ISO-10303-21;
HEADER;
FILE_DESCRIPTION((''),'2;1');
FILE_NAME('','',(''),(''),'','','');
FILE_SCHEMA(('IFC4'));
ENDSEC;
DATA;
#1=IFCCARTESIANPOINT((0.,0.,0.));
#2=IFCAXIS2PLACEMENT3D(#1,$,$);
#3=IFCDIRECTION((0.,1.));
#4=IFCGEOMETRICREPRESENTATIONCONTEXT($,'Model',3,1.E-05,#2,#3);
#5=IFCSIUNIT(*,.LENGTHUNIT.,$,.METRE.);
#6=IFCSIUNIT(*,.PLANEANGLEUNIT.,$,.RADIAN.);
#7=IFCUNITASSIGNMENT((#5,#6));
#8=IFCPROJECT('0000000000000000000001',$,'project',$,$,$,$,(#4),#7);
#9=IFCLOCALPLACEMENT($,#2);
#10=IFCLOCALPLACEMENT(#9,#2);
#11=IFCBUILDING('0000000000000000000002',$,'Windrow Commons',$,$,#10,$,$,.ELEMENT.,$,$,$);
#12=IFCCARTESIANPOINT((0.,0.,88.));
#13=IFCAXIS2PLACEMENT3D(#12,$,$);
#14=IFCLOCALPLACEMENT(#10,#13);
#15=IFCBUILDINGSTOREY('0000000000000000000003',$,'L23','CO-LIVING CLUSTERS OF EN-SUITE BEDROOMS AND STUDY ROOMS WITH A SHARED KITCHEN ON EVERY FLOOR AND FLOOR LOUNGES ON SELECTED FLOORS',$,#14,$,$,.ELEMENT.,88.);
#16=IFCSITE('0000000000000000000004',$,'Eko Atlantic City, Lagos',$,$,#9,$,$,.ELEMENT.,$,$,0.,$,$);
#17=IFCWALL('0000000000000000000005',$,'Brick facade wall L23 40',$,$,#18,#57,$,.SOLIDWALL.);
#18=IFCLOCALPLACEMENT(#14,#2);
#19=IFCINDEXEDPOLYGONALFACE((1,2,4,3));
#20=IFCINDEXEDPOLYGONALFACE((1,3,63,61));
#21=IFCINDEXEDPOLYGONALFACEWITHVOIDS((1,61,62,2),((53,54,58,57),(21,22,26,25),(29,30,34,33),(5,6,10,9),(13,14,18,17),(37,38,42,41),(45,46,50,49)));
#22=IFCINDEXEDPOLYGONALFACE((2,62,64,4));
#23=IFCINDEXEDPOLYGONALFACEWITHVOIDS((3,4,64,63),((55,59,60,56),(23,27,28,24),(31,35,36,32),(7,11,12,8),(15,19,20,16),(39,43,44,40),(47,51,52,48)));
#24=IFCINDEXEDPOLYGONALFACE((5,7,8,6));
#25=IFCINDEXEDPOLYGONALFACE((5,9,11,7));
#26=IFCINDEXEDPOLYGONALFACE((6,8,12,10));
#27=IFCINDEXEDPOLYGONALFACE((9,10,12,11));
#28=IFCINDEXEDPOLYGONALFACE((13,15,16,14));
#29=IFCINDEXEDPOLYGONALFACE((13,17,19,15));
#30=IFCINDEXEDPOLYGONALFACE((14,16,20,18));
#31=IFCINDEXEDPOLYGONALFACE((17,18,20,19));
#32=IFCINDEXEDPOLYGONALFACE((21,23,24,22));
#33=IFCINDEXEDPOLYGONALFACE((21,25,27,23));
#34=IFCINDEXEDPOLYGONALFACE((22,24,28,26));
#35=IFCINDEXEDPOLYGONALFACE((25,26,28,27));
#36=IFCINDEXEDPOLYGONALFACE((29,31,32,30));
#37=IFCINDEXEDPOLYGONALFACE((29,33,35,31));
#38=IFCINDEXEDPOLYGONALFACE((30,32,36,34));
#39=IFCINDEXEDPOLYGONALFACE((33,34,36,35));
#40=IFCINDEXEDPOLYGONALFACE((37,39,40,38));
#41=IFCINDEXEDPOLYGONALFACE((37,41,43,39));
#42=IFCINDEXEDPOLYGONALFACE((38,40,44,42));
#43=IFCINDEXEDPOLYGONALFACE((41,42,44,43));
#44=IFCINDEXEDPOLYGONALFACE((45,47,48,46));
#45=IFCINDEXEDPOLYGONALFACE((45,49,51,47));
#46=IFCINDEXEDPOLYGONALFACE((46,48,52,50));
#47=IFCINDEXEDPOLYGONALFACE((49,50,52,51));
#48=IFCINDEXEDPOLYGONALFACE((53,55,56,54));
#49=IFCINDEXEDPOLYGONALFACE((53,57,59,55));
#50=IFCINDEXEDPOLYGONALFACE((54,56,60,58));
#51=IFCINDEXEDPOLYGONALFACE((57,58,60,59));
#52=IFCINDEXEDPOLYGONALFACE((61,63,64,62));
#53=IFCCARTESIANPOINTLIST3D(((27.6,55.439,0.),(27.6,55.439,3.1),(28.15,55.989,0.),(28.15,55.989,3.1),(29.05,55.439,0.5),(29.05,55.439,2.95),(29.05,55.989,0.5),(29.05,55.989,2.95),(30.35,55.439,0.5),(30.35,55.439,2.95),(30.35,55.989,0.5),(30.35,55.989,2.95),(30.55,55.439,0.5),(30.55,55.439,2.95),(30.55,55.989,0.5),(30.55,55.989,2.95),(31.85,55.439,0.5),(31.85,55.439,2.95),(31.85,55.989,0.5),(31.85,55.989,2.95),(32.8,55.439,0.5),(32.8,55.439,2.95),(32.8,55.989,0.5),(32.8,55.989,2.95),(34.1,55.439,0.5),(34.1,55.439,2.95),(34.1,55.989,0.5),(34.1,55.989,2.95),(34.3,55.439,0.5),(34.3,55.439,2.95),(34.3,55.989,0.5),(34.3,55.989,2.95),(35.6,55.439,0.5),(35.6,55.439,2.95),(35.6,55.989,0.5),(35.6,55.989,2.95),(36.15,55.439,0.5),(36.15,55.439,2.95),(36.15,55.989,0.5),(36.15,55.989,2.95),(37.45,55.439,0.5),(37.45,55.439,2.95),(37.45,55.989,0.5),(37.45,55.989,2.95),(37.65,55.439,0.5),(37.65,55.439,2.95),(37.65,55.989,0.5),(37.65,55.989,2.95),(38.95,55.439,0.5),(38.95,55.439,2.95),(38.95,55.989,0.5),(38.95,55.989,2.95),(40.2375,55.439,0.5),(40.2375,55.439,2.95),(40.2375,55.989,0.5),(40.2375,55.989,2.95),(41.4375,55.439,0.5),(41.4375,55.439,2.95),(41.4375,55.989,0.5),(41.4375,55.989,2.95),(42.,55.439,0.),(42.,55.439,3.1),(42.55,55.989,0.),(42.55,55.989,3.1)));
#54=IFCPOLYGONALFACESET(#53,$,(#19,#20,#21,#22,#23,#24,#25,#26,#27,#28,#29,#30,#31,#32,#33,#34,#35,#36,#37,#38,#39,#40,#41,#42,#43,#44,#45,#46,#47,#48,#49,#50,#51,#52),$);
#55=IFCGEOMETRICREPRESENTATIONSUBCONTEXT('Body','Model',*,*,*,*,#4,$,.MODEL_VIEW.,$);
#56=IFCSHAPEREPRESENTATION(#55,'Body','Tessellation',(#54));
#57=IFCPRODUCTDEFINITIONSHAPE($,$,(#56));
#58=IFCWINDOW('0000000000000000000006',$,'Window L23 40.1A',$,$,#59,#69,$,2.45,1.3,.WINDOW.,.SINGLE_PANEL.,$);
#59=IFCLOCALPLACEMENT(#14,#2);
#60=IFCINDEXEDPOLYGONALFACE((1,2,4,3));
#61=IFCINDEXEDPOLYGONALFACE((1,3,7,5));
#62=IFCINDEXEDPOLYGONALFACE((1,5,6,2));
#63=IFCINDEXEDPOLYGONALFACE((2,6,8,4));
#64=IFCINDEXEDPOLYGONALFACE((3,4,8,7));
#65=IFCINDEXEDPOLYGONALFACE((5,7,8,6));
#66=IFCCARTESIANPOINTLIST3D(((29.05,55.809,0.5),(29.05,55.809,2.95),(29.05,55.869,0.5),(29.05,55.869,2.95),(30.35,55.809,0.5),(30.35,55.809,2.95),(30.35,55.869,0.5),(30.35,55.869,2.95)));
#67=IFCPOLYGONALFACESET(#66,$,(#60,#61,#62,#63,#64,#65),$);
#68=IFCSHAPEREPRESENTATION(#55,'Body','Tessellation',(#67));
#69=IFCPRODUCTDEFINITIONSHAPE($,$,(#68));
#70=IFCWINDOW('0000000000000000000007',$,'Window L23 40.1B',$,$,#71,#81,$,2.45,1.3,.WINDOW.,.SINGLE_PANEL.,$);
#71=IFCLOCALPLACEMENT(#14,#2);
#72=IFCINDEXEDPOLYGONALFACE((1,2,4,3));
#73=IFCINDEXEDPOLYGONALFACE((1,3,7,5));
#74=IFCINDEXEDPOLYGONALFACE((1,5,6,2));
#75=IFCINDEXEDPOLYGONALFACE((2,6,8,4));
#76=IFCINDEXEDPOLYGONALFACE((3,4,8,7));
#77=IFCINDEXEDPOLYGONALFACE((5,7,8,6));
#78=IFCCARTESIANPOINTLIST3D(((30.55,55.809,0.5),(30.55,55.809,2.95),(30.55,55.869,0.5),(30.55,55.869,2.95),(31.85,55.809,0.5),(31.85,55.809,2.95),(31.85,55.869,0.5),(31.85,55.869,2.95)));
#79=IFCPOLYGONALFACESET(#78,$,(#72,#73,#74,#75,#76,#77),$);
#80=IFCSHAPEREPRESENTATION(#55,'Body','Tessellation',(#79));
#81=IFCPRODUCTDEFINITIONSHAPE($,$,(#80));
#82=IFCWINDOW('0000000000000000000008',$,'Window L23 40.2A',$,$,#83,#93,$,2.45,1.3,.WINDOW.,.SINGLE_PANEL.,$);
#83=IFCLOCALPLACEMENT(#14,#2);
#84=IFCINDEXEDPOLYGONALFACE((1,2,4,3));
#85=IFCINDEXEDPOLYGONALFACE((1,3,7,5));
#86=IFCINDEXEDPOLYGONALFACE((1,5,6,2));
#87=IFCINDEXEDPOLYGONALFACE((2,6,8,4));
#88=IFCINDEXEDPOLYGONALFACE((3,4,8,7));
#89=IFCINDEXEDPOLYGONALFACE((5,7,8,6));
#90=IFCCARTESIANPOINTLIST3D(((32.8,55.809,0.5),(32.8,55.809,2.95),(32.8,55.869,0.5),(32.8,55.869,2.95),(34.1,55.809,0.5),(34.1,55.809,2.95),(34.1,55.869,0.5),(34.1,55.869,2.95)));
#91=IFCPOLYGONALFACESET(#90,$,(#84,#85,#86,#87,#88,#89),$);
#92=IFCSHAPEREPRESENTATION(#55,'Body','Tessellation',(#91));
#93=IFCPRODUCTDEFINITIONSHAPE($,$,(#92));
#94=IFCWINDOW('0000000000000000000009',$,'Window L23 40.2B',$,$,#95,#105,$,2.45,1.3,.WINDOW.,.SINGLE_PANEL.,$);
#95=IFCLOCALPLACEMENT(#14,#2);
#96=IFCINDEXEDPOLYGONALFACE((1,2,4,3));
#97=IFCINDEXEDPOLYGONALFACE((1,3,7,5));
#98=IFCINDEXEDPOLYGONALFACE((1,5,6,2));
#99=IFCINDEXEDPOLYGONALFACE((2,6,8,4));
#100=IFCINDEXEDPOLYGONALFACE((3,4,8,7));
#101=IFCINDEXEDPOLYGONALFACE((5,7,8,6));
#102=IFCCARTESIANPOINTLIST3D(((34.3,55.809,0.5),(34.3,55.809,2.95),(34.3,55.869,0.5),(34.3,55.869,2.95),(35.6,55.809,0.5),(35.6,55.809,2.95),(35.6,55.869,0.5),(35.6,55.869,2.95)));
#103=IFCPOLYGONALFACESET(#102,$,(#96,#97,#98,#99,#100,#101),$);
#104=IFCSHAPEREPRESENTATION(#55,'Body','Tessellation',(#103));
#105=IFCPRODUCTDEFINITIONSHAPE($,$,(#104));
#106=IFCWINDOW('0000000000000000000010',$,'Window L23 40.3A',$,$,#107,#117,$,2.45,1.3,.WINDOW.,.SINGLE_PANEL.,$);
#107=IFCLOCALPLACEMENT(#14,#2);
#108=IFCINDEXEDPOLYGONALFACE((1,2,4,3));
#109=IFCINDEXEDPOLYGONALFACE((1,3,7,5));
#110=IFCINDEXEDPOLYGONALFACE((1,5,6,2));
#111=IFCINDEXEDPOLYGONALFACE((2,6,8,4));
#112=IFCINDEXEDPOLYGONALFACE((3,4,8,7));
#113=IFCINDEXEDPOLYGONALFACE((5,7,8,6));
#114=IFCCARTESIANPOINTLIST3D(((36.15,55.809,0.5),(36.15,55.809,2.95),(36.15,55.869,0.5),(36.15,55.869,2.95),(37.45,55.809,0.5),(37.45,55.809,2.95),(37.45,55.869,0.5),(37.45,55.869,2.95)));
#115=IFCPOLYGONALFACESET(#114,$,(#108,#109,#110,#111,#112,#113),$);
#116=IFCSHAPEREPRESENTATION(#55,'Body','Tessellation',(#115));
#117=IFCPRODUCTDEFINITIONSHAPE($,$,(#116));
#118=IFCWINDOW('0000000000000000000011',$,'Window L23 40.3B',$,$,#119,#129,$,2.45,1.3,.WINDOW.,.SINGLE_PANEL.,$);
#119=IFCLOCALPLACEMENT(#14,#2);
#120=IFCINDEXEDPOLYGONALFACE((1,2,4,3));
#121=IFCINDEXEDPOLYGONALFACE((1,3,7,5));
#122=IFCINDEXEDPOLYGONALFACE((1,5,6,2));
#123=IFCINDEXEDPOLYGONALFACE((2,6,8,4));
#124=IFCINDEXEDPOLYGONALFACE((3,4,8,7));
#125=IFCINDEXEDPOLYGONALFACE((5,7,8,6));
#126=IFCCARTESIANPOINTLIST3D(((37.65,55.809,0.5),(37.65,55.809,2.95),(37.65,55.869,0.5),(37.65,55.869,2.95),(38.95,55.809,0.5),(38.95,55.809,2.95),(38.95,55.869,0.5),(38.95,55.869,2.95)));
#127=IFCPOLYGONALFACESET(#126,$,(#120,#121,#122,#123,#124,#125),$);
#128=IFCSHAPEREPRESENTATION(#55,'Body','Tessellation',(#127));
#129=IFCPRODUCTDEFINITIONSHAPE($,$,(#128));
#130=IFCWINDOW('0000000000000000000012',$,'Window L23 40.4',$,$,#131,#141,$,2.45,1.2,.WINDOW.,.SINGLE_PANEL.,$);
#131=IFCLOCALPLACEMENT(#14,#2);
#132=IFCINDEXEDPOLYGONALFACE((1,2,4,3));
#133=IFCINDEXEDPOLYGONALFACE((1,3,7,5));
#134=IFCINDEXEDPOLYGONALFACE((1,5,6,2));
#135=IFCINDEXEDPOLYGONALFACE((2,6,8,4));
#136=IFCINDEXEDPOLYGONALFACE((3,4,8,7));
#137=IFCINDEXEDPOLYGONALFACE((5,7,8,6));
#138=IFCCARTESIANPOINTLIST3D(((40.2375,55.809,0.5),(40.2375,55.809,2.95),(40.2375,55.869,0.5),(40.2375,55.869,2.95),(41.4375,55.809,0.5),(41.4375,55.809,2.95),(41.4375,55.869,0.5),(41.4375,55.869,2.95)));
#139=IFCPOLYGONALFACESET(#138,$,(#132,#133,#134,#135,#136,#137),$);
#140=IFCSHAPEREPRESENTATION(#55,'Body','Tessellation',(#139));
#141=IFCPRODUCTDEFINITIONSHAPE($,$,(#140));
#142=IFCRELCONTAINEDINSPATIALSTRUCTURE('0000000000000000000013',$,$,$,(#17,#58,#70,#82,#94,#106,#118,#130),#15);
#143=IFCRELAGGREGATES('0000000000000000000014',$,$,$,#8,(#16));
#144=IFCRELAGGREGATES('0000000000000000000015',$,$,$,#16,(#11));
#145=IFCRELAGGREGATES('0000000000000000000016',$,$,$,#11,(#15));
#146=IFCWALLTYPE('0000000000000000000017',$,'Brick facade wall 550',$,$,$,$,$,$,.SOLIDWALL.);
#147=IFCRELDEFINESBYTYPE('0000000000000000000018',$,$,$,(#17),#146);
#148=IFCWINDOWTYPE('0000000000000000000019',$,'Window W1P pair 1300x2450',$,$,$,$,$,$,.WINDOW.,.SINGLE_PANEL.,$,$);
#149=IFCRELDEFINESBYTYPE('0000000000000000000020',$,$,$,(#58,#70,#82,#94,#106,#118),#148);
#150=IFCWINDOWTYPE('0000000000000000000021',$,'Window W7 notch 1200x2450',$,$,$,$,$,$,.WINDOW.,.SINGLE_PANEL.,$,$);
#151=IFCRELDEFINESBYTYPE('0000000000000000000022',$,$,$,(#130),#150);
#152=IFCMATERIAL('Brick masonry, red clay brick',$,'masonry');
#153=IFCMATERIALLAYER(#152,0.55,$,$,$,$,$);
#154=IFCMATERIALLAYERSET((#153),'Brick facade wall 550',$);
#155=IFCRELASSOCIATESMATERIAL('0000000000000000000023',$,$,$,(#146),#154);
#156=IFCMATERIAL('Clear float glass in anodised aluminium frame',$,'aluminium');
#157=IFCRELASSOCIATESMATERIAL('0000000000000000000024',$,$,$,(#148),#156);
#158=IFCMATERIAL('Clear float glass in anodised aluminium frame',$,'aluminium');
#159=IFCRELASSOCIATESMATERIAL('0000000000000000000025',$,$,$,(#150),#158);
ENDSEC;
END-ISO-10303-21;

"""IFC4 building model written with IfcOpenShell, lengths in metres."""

from ifc_helpers import new_model, si_unit, direction, frame, frame_2d, origin, place, context, subcontext, project, spatial, polyline, rectangle, outline, extrude, material, layer, layer_set, type_object, element, fill, save


model = new_model("IFC4")

# Units and contexts
model_context = context("Model", 3, precision=1e-05, world=origin(), true_north=direction((0.0, 1.0)))
body_context = subcontext(model_context, "Body", "Model", "MODEL_VIEW")
ifc_project = project(units=[si_unit("LENGTHUNIT", "METRE"), si_unit("PLANEANGLEUNIT", "RADIAN")], contexts=[model_context])

# Site, building, storey
site_placement = place(None, origin())
site = spatial("IfcSite", under=ifc_project, at=site_placement, Name="Eko Atlantic City, Lagos", CompositionType="ELEMENT", RefElevation=0.0)
building_placement = place(site_placement, origin())
building = spatial("IfcBuilding", under=site, at=building_placement, Name="Windrow Commons", CompositionType="ELEMENT")
storey_placement = place(building_placement, frame((0.0, 0.0, 88.0)))
storey = spatial("IfcBuildingStorey", under=building, at=storey_placement, Name="L23", Description="CO-LIVING CLUSTERS OF EN-SUITE BEDROOMS AND STUDY ROOMS WITH A SHARED KITCHEN ON EVERY FLOOR AND FLOOR LOUNGES ON SELECTED FLOORS", CompositionType="ELEMENT", Elevation=88.0)

# Wall, openings, windows
ifc_material_1 = material(Name="Brick masonry, red clay brick", Category="masonry")
ifc_layer_1 = layer(ifc_material_1, 0.55)
ifc_layer_set_1 = layer_set([ifc_layer_1], Name="Brick facade wall 550")
wall_type_1 = type_object("IfcWallType", Name="Brick facade wall 550", PredefinedType="SOLIDWALL", material=ifc_layer_set_1)
wall_1_placement = place(storey_placement, frame((27.875, 55.714, 0.0), z_axis=(0.0, 0.0, 1.0), x_axis=(1.0, 0.0, 0.0)))
wall_1 = element("IfcWall", 1, at=wall_1_placement, inside=storey, type_object=wall_type_1, Name="Brick facade wall L23 40", PredefinedType="SOLIDWALL", context=body_context, shape_type="SweptSolid", body=[
    extrude(outline(polyline([(-0.275, -0.275), (14.125, -0.275), (14.675, 0.275), (0.275, 0.275), (-0.275, -0.275)])), origin(), (0.0, 0.0, 1.0), 3.1),
])
opening_1_placement = place(wall_1_placement, frame((1.175, 0.0, 0.5)))
opening_1 = element("IfcOpeningElement", 2, at=opening_1_placement, cuts=wall_1, PredefinedType="OPENING", context=body_context, shape_type="SweptSolid", body=[
    extrude(rectangle(XDim=1.3, YDim=2.45, at=frame_2d((0.65, 1.225))), frame((0.0, 0.285, 0.0), z_axis=(0.0, -1.0, 0.0), x_axis=(1.0, 0.0, 0.0)), (0.0, 0.0, 1.0), 0.57),
])
opening_2_placement = place(wall_1_placement, frame((2.675, 0.0, 0.5)))
opening_2 = element("IfcOpeningElement", 3, at=opening_2_placement, cuts=wall_1, PredefinedType="OPENING", context=body_context, shape_type="SweptSolid", body=[
    extrude(rectangle(XDim=1.3, YDim=2.45, at=frame_2d((0.65, 1.225))), frame((0.0, 0.285, 0.0), z_axis=(0.0, -1.0, 0.0), x_axis=(1.0, 0.0, 0.0)), (0.0, 0.0, 1.0), 0.57),
])
opening_3_placement = place(wall_1_placement, frame((4.925, 0.0, 0.5)))
opening_3 = element("IfcOpeningElement", 4, at=opening_3_placement, cuts=wall_1, PredefinedType="OPENING", context=body_context, shape_type="SweptSolid", body=[
    extrude(rectangle(XDim=1.3, YDim=2.45, at=frame_2d((0.65, 1.225))), frame((0.0, 0.285, 0.0), z_axis=(0.0, -1.0, 0.0), x_axis=(1.0, 0.0, 0.0)), (0.0, 0.0, 1.0), 0.57),
])
opening_4_placement = place(wall_1_placement, frame((6.425, 0.0, 0.5)))
opening_4 = element("IfcOpeningElement", 5, at=opening_4_placement, cuts=wall_1, PredefinedType="OPENING", context=body_context, shape_type="SweptSolid", body=[
    extrude(rectangle(XDim=1.3, YDim=2.45, at=frame_2d((0.65, 1.225))), frame((0.0, 0.285, 0.0), z_axis=(0.0, -1.0, 0.0), x_axis=(1.0, 0.0, 0.0)), (0.0, 0.0, 1.0), 0.57),
])
opening_5_placement = place(wall_1_placement, frame((8.275, 0.0, 0.5)))
opening_5 = element("IfcOpeningElement", 6, at=opening_5_placement, cuts=wall_1, PredefinedType="OPENING", context=body_context, shape_type="SweptSolid", body=[
    extrude(rectangle(XDim=1.3, YDim=2.45, at=frame_2d((0.65, 1.225))), frame((0.0, 0.285, 0.0), z_axis=(0.0, -1.0, 0.0), x_axis=(1.0, 0.0, 0.0)), (0.0, 0.0, 1.0), 0.57),
])
opening_6_placement = place(wall_1_placement, frame((9.775, 0.0, 0.5)))
opening_6 = element("IfcOpeningElement", 7, at=opening_6_placement, cuts=wall_1, PredefinedType="OPENING", context=body_context, shape_type="SweptSolid", body=[
    extrude(rectangle(XDim=1.3, YDim=2.45, at=frame_2d((0.65, 1.225))), frame((0.0, 0.285, 0.0), z_axis=(0.0, -1.0, 0.0), x_axis=(1.0, 0.0, 0.0)), (0.0, 0.0, 1.0), 0.57),
])
opening_7_placement = place(wall_1_placement, frame((12.3625, 0.0, 0.5)))
opening_7 = element("IfcOpeningElement", 8, at=opening_7_placement, cuts=wall_1, PredefinedType="OPENING", context=body_context, shape_type="SweptSolid", body=[
    extrude(rectangle(XDim=1.2, YDim=2.45, at=frame_2d((0.6, 1.225))), frame((0.0, 0.285, 0.0), z_axis=(0.0, -1.0, 0.0), x_axis=(1.0, 0.0, 0.0)), (0.0, 0.0, 1.0), 0.57),
])
ifc_material_2 = material(Name="Clear float glass in anodised aluminium frame", Category="aluminium")
window_type_1 = type_object("IfcWindowType", Name="Window W1P pair 1300x2450", PartitioningType="SINGLE_PANEL", PredefinedType="WINDOW", material=ifc_material_2)
window_1_placement = place(opening_1_placement, origin())
window_1 = element("IfcWindow", 9, at=window_1_placement, inside=storey, type_object=window_type_1, Name="Window L23 40.1A", OverallHeight=2.45, OverallWidth=1.3, PartitioningType="SINGLE_PANEL", PredefinedType="WINDOW", context=body_context, shape_type="SweptSolid", body=[
    extrude(rectangle(XDim=1.3, YDim=2.45, at=frame_2d((0.65, 1.225))), frame((0.0, 0.155, 0.0), z_axis=(0.0, -1.0, 0.0), x_axis=(1.0, 0.0, 0.0)), (0.0, 0.0, 1.0), 0.06),
])
fill(opening_1, window_1)
window_2_placement = place(opening_2_placement, origin())
window_2 = element("IfcWindow", 10, at=window_2_placement, inside=storey, type_object=window_type_1, Name="Window L23 40.1B", OverallHeight=2.45, OverallWidth=1.3, PartitioningType="SINGLE_PANEL", PredefinedType="WINDOW", context=body_context, shape_type="SweptSolid", body=[
    extrude(rectangle(XDim=1.3, YDim=2.45, at=frame_2d((0.65, 1.225))), frame((0.0, 0.155, 0.0), z_axis=(0.0, -1.0, 0.0), x_axis=(1.0, 0.0, 0.0)), (0.0, 0.0, 1.0), 0.06),
])
fill(opening_2, window_2)
window_3_placement = place(opening_3_placement, origin())
window_3 = element("IfcWindow", 11, at=window_3_placement, inside=storey, type_object=window_type_1, Name="Window L23 40.2A", OverallHeight=2.45, OverallWidth=1.3, PartitioningType="SINGLE_PANEL", PredefinedType="WINDOW", context=body_context, shape_type="SweptSolid", body=[
    extrude(rectangle(XDim=1.3, YDim=2.45, at=frame_2d((0.65, 1.225))), frame((0.0, 0.155, 0.0), z_axis=(0.0, -1.0, 0.0), x_axis=(1.0, 0.0, 0.0)), (0.0, 0.0, 1.0), 0.06),
])
fill(opening_3, window_3)
window_4_placement = place(opening_4_placement, origin())
window_4 = element("IfcWindow", 12, at=window_4_placement, inside=storey, type_object=window_type_1, Name="Window L23 40.2B", OverallHeight=2.45, OverallWidth=1.3, PartitioningType="SINGLE_PANEL", PredefinedType="WINDOW", context=body_context, shape_type="SweptSolid", body=[
    extrude(rectangle(XDim=1.3, YDim=2.45, at=frame_2d((0.65, 1.225))), frame((0.0, 0.155, 0.0), z_axis=(0.0, -1.0, 0.0), x_axis=(1.0, 0.0, 0.0)), (0.0, 0.0, 1.0), 0.06),
])
fill(opening_4, window_4)
window_5_placement = place(opening_5_placement, origin())
window_5 = element("IfcWindow", 13, at=window_5_placement, inside=storey, type_object=window_type_1, Name="Window L23 40.3A", OverallHeight=2.45, OverallWidth=1.3, PartitioningType="SINGLE_PANEL", PredefinedType="WINDOW", context=body_context, shape_type="SweptSolid", body=[
    extrude(rectangle(XDim=1.3, YDim=2.45, at=frame_2d((0.65, 1.225))), frame((0.0, 0.155, 0.0), z_axis=(0.0, -1.0, 0.0), x_axis=(1.0, 0.0, 0.0)), (0.0, 0.0, 1.0), 0.06),
])
fill(opening_5, window_5)
window_6_placement = place(opening_6_placement, origin())
window_6 = element("IfcWindow", 14, at=window_6_placement, inside=storey, type_object=window_type_1, Name="Window L23 40.3B", OverallHeight=2.45, OverallWidth=1.3, PartitioningType="SINGLE_PANEL", PredefinedType="WINDOW", context=body_context, shape_type="SweptSolid", body=[
    extrude(rectangle(XDim=1.3, YDim=2.45, at=frame_2d((0.65, 1.225))), frame((0.0, 0.155, 0.0), z_axis=(0.0, -1.0, 0.0), x_axis=(1.0, 0.0, 0.0)), (0.0, 0.0, 1.0), 0.06),
])
fill(opening_6, window_6)
ifc_material_3 = material(Name="Clear float glass in anodised aluminium frame", Category="aluminium")
window_type_2 = type_object("IfcWindowType", Name="Window W7 notch 1200x2450", PartitioningType="SINGLE_PANEL", PredefinedType="WINDOW", material=ifc_material_3)
window_7_placement = place(opening_7_placement, origin())
window_7 = element("IfcWindow", 15, at=window_7_placement, inside=storey, type_object=window_type_2, Name="Window L23 40.4", OverallHeight=2.45, OverallWidth=1.2, PartitioningType="SINGLE_PANEL", PredefinedType="WINDOW", context=body_context, shape_type="SweptSolid", body=[
    extrude(rectangle(XDim=1.2, YDim=2.45, at=frame_2d((0.6, 1.225))), frame((0.0, 0.155, 0.0), z_axis=(0.0, -1.0, 0.0), x_axis=(1.0, 0.0, 0.0)), (0.0, 0.0, 1.0), 0.06),
])
fill(opening_7, window_7)

save(model, "model.ifc")
